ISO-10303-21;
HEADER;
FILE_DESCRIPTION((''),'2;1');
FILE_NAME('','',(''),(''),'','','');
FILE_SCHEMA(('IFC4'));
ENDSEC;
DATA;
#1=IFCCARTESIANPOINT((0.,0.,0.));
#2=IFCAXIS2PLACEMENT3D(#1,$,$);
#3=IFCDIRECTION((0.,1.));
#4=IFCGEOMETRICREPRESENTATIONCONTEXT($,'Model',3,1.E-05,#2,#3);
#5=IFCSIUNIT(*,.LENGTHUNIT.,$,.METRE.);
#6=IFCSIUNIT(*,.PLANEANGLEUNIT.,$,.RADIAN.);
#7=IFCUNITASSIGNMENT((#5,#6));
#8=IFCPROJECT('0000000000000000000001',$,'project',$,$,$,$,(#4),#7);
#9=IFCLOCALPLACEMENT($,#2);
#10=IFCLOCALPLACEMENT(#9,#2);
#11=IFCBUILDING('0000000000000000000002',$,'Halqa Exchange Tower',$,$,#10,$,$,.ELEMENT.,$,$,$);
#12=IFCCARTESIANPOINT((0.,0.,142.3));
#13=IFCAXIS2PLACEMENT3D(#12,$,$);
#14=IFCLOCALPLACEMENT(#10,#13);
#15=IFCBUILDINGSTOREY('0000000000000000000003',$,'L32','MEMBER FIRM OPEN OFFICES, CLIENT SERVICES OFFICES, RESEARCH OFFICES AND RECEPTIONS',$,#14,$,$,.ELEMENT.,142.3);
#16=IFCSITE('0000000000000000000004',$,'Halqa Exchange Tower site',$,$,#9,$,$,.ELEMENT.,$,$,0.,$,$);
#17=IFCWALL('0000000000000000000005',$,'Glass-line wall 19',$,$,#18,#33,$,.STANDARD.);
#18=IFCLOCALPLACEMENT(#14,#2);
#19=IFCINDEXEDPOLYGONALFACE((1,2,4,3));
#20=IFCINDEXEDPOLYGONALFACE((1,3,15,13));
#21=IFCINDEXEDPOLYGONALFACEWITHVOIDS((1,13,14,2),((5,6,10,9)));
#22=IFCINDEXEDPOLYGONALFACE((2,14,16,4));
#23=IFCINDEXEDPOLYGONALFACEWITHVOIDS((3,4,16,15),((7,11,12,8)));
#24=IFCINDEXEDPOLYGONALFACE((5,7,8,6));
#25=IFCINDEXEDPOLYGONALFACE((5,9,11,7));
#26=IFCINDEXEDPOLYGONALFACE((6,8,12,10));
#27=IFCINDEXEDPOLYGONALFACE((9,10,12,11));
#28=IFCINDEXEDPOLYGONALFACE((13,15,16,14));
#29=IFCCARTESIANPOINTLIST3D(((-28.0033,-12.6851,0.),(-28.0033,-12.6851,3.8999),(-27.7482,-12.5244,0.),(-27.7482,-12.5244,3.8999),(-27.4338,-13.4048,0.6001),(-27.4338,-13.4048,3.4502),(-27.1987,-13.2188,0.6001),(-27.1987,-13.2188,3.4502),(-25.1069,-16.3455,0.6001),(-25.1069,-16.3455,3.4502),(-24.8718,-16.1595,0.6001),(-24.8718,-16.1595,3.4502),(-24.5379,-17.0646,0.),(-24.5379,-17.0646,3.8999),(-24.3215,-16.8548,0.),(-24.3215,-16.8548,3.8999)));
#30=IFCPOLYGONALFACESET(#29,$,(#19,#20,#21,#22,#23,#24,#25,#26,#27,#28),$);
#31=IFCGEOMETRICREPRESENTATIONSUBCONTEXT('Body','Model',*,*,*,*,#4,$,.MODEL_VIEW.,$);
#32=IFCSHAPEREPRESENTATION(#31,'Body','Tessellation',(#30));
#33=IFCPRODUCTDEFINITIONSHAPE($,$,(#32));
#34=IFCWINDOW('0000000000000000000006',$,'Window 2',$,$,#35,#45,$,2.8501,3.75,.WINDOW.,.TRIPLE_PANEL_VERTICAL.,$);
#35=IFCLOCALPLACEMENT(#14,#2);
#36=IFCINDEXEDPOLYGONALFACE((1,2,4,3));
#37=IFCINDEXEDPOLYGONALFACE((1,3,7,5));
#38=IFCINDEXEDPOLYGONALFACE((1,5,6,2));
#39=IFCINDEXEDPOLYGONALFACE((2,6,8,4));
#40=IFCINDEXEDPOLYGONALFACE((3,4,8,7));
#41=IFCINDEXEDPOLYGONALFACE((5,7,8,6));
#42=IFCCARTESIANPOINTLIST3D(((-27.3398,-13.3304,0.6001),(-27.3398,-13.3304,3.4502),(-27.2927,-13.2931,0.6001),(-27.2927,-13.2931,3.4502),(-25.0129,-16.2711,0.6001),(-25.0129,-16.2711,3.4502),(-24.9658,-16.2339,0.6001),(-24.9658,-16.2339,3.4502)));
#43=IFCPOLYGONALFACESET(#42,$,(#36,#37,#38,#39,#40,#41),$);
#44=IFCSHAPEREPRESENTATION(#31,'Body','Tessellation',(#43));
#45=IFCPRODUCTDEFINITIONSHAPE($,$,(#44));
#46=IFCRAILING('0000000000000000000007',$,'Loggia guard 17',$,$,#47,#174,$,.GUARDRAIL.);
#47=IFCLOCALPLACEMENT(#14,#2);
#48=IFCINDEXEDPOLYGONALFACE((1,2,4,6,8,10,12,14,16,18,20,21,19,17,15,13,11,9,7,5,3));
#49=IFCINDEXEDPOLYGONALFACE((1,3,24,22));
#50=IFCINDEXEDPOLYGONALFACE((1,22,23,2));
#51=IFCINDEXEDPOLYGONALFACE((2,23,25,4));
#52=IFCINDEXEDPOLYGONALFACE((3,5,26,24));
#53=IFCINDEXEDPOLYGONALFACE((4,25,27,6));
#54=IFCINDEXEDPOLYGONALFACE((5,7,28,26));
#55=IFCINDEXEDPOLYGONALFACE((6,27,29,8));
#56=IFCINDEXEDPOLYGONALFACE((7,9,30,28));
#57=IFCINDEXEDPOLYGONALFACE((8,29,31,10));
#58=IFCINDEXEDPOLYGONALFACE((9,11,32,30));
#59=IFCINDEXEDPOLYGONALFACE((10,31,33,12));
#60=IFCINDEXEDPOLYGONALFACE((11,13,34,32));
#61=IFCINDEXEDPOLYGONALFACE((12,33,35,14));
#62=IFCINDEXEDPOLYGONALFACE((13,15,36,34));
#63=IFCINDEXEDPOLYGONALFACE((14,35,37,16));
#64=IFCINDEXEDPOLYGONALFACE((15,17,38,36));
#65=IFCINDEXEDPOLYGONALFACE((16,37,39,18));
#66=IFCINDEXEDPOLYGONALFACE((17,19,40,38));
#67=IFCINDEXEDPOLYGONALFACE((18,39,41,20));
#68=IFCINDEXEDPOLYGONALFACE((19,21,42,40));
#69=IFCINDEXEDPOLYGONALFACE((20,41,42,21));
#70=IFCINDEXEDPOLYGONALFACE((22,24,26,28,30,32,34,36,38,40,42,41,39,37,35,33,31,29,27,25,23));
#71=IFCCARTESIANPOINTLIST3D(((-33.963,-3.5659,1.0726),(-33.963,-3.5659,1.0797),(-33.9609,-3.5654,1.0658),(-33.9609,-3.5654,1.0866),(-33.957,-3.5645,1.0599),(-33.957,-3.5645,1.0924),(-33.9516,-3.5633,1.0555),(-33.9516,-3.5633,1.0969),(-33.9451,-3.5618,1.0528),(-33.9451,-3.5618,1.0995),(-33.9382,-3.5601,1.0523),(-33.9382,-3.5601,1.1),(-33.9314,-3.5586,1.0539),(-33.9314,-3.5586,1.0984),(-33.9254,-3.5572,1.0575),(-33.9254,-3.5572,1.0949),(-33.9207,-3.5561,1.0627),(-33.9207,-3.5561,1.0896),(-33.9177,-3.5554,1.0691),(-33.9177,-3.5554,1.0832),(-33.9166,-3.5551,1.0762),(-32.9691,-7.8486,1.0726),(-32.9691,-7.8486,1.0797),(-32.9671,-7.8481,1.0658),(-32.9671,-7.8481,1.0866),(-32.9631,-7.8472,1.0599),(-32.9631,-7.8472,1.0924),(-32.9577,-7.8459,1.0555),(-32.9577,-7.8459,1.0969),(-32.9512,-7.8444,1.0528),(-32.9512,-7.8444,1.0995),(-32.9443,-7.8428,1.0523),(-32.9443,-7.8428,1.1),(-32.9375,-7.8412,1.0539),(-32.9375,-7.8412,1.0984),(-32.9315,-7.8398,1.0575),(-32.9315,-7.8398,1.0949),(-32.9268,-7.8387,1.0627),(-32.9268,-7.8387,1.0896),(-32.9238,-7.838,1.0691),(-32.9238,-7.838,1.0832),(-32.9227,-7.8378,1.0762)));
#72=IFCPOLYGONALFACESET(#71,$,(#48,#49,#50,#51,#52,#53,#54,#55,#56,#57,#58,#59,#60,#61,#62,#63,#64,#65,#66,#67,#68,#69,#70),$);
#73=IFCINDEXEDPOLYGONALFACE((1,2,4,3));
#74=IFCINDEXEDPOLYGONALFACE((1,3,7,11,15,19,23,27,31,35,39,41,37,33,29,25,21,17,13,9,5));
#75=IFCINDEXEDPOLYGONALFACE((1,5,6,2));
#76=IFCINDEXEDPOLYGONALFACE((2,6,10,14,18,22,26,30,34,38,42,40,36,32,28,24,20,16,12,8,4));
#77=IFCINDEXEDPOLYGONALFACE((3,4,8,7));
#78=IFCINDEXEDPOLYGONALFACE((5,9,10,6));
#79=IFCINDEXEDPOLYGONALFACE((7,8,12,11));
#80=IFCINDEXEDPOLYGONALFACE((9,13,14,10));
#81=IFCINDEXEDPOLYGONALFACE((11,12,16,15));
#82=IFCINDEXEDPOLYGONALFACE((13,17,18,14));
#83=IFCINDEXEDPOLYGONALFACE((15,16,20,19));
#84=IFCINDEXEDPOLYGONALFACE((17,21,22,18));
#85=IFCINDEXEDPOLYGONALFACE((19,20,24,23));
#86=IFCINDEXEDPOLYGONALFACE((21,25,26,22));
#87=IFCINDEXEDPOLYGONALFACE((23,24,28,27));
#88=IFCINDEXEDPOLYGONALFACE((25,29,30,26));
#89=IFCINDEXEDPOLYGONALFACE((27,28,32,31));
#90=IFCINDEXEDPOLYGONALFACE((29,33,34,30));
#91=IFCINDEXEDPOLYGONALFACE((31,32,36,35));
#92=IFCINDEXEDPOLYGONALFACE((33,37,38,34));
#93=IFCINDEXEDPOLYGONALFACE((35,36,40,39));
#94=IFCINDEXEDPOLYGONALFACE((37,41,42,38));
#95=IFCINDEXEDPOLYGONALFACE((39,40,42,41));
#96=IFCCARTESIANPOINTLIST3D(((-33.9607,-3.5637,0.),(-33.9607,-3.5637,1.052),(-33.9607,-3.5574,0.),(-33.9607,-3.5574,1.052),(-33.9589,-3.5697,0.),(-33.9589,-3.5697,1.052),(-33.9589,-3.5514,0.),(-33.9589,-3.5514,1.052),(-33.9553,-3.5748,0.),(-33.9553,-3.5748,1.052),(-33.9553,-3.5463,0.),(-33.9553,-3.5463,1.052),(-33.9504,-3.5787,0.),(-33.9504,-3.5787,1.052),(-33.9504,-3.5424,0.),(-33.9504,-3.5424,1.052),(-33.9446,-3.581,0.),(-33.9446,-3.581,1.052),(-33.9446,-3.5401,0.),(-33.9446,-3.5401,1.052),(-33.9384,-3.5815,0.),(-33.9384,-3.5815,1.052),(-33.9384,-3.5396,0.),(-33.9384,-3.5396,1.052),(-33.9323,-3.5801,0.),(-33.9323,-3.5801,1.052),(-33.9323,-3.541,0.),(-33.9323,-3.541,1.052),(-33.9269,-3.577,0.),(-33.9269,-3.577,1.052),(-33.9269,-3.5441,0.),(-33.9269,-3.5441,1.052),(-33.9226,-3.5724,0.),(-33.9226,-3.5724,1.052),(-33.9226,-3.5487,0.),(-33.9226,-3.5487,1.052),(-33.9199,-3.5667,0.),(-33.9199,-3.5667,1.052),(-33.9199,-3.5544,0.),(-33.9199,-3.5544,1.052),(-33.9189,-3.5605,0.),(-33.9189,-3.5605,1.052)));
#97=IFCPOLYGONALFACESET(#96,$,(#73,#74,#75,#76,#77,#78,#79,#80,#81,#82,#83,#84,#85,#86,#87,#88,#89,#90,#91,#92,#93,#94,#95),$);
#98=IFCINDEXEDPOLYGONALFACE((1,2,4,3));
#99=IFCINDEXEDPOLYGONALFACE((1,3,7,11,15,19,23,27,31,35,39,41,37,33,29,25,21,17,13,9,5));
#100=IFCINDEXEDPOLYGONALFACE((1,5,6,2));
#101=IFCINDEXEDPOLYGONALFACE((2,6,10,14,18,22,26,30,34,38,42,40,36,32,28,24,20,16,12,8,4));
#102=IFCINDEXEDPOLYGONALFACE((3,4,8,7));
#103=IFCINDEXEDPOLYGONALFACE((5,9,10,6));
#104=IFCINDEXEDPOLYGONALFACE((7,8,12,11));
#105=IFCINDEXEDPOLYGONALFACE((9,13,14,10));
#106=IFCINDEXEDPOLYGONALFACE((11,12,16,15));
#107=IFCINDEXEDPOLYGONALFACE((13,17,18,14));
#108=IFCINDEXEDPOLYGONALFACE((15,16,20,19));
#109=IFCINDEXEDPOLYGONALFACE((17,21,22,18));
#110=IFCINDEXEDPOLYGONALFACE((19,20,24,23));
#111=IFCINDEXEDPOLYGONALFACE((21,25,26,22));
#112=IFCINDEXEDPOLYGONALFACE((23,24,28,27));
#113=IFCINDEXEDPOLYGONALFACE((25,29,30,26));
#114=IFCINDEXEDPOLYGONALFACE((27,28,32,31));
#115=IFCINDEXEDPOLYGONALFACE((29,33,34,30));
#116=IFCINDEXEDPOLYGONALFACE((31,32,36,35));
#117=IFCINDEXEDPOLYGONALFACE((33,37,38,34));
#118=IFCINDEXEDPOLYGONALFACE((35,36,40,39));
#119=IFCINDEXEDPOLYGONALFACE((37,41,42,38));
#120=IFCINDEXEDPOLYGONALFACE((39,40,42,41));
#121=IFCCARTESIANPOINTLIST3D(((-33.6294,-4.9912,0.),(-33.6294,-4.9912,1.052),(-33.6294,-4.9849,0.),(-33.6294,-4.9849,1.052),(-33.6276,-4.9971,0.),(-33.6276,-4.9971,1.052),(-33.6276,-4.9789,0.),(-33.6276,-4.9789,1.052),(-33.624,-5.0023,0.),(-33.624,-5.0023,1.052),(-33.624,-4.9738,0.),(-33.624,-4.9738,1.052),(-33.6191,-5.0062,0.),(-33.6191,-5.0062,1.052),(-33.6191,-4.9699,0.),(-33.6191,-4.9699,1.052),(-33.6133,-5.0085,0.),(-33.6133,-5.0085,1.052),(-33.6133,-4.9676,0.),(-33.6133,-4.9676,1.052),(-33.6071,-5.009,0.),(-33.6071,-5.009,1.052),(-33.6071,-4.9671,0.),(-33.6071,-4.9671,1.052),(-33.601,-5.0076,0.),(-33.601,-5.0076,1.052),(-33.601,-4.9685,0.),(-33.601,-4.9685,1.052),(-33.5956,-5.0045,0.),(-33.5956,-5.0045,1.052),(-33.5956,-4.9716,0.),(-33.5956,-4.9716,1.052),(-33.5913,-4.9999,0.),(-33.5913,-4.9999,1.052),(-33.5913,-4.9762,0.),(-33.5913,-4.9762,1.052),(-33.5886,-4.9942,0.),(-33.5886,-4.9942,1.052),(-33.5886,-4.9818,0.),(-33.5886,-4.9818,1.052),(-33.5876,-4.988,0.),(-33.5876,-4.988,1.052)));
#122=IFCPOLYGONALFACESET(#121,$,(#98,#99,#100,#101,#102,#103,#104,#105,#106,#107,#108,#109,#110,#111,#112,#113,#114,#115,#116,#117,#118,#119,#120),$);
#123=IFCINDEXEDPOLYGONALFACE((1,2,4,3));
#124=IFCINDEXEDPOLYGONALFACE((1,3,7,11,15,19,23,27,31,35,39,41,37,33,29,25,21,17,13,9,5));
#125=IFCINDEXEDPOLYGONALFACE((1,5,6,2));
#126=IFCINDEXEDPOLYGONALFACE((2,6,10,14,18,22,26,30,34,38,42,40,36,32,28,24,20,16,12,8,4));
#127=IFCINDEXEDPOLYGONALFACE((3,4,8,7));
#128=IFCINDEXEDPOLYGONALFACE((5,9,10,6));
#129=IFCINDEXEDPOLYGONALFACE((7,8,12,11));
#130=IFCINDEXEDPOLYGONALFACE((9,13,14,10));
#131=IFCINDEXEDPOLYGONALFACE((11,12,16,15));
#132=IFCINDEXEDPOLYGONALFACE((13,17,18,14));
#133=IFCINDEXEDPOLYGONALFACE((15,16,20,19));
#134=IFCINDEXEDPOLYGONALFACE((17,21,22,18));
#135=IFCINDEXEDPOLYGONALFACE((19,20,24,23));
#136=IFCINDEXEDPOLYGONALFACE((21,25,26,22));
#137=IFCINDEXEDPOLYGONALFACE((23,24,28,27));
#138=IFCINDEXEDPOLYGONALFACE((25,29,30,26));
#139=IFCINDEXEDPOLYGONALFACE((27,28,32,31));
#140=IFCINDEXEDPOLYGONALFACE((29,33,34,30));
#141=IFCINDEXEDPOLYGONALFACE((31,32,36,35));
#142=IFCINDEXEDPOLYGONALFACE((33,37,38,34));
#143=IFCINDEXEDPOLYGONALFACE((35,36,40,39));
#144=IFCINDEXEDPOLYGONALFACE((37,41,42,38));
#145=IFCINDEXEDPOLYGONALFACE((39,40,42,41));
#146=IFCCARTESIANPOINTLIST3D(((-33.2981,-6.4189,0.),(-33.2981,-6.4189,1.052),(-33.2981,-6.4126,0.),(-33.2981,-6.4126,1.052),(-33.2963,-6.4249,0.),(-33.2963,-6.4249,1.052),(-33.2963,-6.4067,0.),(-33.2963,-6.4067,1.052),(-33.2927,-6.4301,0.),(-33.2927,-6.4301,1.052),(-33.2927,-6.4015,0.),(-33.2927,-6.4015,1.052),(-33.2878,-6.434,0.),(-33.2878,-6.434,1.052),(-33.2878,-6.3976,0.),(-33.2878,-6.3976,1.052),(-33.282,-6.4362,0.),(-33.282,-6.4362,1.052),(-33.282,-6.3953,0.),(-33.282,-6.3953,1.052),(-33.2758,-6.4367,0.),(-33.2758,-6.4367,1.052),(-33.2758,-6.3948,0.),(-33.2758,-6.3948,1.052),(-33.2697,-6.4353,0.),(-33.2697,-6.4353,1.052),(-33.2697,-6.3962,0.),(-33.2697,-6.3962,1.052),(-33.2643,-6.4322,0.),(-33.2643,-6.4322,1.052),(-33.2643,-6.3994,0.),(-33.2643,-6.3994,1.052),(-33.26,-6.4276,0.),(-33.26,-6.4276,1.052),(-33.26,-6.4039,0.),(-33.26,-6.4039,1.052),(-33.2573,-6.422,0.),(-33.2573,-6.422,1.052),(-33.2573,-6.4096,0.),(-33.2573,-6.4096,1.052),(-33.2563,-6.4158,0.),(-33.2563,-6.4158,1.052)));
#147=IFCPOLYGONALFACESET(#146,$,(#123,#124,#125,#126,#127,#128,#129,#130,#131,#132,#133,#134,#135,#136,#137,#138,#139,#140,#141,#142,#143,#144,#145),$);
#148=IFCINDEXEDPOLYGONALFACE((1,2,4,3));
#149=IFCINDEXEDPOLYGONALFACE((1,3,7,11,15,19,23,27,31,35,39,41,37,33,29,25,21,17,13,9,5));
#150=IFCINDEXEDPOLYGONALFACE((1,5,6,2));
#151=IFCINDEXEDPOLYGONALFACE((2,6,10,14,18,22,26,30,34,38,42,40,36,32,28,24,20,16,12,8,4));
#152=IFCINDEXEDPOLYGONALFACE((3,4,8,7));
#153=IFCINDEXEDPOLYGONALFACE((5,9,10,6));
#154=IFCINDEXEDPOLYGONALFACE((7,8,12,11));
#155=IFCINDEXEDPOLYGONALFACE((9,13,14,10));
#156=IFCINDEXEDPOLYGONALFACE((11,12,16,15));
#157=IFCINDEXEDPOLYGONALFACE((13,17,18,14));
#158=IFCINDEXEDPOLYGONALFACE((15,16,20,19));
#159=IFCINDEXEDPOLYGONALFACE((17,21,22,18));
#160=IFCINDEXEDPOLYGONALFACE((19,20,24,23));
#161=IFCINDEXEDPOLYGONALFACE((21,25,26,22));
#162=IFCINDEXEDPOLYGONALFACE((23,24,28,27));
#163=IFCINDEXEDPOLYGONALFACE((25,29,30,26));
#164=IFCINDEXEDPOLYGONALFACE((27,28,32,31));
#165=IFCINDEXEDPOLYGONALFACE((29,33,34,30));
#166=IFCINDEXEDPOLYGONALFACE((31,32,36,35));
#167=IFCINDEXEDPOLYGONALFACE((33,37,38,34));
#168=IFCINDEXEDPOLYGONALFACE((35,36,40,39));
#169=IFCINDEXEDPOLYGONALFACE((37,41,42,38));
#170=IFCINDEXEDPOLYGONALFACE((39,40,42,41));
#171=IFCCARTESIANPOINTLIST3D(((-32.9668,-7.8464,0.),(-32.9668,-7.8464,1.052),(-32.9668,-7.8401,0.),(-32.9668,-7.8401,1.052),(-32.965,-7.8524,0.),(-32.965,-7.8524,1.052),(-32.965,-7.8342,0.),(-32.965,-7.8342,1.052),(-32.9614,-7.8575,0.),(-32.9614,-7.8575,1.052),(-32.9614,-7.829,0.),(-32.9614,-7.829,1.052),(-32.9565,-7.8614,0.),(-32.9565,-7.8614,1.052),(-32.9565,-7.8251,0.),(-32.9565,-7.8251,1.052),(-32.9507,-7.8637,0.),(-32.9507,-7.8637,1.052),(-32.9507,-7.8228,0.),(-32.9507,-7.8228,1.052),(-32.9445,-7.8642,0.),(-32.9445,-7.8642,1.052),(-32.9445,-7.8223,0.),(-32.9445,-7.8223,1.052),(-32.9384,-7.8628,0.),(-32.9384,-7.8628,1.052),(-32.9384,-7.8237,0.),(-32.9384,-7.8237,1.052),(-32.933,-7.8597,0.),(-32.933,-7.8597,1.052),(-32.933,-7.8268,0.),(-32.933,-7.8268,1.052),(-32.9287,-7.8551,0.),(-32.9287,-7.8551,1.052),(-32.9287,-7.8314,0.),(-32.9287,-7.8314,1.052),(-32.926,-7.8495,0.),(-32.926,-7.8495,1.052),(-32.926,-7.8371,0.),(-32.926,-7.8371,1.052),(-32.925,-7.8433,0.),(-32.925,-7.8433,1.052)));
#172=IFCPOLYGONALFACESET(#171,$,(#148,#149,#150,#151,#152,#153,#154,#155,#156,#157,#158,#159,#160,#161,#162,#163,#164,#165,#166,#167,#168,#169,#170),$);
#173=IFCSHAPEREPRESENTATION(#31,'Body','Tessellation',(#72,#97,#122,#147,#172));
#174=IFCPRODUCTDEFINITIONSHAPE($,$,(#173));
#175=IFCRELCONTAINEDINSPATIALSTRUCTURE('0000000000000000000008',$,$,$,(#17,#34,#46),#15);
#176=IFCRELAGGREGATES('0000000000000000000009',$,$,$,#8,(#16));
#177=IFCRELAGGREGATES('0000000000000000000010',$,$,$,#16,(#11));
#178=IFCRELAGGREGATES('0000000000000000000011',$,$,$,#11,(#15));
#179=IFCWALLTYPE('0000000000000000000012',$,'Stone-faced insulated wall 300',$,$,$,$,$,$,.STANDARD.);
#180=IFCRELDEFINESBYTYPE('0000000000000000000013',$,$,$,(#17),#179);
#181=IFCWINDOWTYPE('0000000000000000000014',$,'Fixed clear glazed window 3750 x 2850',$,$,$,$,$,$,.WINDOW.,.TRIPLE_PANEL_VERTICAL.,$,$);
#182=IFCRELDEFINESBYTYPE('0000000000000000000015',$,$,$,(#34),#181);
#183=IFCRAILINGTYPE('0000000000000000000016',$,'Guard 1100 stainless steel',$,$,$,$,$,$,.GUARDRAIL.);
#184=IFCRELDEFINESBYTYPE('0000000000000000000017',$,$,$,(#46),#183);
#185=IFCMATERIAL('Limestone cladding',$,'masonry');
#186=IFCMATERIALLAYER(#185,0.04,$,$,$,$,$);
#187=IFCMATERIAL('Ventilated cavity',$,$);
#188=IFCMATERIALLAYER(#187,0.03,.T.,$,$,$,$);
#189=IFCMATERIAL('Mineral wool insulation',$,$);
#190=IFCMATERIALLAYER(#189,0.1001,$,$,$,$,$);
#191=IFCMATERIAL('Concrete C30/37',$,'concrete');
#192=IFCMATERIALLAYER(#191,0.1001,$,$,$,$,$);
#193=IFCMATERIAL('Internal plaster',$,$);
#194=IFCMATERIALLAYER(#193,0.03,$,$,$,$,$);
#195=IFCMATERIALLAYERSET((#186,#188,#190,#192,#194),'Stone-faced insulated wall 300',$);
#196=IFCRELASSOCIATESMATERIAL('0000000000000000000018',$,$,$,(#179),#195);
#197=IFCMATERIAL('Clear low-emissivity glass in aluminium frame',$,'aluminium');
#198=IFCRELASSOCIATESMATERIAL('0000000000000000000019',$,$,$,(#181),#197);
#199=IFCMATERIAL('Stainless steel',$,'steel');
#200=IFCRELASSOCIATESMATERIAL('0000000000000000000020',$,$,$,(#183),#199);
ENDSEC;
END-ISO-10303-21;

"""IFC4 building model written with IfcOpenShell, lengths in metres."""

from ifc_helpers import new_model, si_unit, direction, frame, frame_2d, origin, origin_2d, place, context, subcontext, project, spatial, polyline, rectangle, circle, outline, extrude, material, layer, layer_set, type_object, element, fill, save


model = new_model("IFC4")

# Units and contexts
model_context = context("Model", 3, precision=1e-05, world=origin(), true_north=direction((0.0, 1.0)))
body_context = subcontext(model_context, "Body", "Model", "MODEL_VIEW")
ifc_project = project(units=[si_unit("LENGTHUNIT", "METRE"), si_unit("PLANEANGLEUNIT", "RADIAN")], contexts=[model_context])

# Site, building, storey
site_placement = place(None, origin())
site = spatial("IfcSite", under=ifc_project, at=site_placement, Name="Halqa Exchange Tower site", CompositionType="ELEMENT", RefElevation=0.0)
building_placement = place(site_placement, origin())
building = spatial("IfcBuilding", under=site, at=building_placement, Name="Halqa Exchange Tower", CompositionType="ELEMENT")
storey_placement = place(building_placement, frame((0.0, 0.0, 142.3)))
storey = spatial("IfcBuildingStorey", under=building, at=storey_placement, Name="L32", Description="MEMBER FIRM OPEN OFFICES, CLIENT SERVICES OFFICES, RESEARCH OFFICES AND RECEPTIONS", CompositionType="ELEMENT", Elevation=142.3)

# Wall, opening, window
ifc_material_1 = material(Name="Limestone cladding", Category="masonry")
ifc_layer_1 = layer(ifc_material_1, 0.04)
ifc_material_2 = material(Name="Ventilated cavity")
ifc_layer_2 = layer(ifc_material_2, 0.03, ventilated=True)
ifc_material_3 = material(Name="Mineral wool insulation")
ifc_layer_3 = layer(ifc_material_3, 0.1001)
ifc_material_4 = material(Name="Concrete C30/37", Category="concrete")
ifc_layer_4 = layer(ifc_material_4, 0.1001)
ifc_material_5 = material(Name="Internal plaster")
ifc_layer_5 = layer(ifc_material_5, 0.03)
ifc_layer_set_1 = layer_set([ifc_layer_1, ifc_layer_2, ifc_layer_3, ifc_layer_4, ifc_layer_5], Name="Stone-faced insulated wall 300")
wall_type_1 = type_object("IfcWallType", Name="Stone-faced insulated wall 300", PredefinedType="STANDARD", material=ifc_layer_set_1)
ifc_material_6 = material(Name="Clear low-emissivity glass in aluminium frame", Category="aluminium")
window_type = type_object("IfcWindowType", Name="Fixed clear glazed window 3750 x 2850", PartitioningType="TRIPLE_PANEL_VERTICAL", PredefinedType="WINDOW", material=ifc_material_6)
wall_1_placement = place(storey_placement, frame((-27.8757, -12.6047, 0.0), z_axis=(0.0, 0.0, 1.0), x_axis=(0.620521, -0.78419, 0.0)))
wall_1 = element("IfcWall", 1, at=wall_1_placement, inside=storey, type_object=wall_type_1, Name="Glass-line wall 19", PredefinedType="STANDARD", context=body_context, shape_type="SweptSolid", body=[
    extrude(outline(polyline([(-0.0161, -0.1499), (5.5686, -0.1499), (5.5383, 0.1499), (0.0161, 0.1499), (-0.0161, -0.1499)])), origin(), (0.0, 0.0, 1.0), 3.8999),
])
opening_1_placement = place(wall_1_placement, frame((0.9016, 0.0, 0.6001)))
opening_1 = element("IfcOpeningElement", 2, at=opening_1_placement, cuts=wall_1, PredefinedType="OPENING", context=body_context, shape_type="SweptSolid", body=[
    extrude(rectangle(XDim=3.75, YDim=2.8501, at=frame_2d((1.875, 1.425))), frame((0.0, 0.1621, 0.0), z_axis=(0.0, -1.0, 0.0), x_axis=(1.0, 0.0, 0.0)), (0.0, 0.0, 1.0), 0.324),
])
window_1_placement = place(opening_1_placement, origin())
window_1 = element("IfcWindow", 3, at=window_1_placement, inside=storey, type_object=window_type, Name="Window 2", OverallHeight=2.8501, OverallWidth=3.75, PartitioningType="TRIPLE_PANEL_VERTICAL", PredefinedType="WINDOW", context=body_context, shape_type="SweptSolid", body=[
    extrude(rectangle(XDim=3.75, YDim=2.8501, at=frame_2d((1.875, 1.425))), frame((0.0, 0.03, 0.0), z_axis=(0.0, -1.0, 0.0), x_axis=(1.0, 0.0, 0.0)), (0.0, 0.0, 1.0), 0.0601),
])
fill(opening_1, window_1)

# Railing
ifc_material_7 = material(Name="Stainless steel", Category="steel")
railing_type = type_object("IfcRailingType", Name="Guard 1100 stainless steel", PredefinedType="GUARDRAIL", material=ifc_material_7)
railing_1_placement = place(storey_placement, frame((-33.9399, -3.5605, 0.0)))
element("IfcRailing", 4, at=railing_1_placement, inside=storey, type_object=railing_type, Name="Loggia guard 17", PredefinedType="GUARDRAIL", context=body_context, shape_type="SweptSolid", body=[
    extrude(circle(Radius=0.0239, at=origin_2d()), frame((0.0, 0.0, 1.0762), z_axis=(0.226064, -0.974112, 0.0), x_axis=(0.974112, 0.226064, 0.0)), (0.0, 0.0, 1.0), 4.3965),
    extrude(circle(Radius=0.021, at=origin_2d()), origin(), (0.0, 0.0, 1.0), 1.052),
    extrude(circle(Radius=0.021, at=origin_2d()), frame((0.3313, -1.4275, 0.0)), (0.0, 0.0, 1.0), 1.052),
    extrude(circle(Radius=0.021, at=origin_2d()), frame((0.6626, -2.8552, 0.0)), (0.0, 0.0, 1.0), 1.052),
    extrude(circle(Radius=0.021, at=origin_2d()), frame((0.9939, -4.2827, 0.0)), (0.0, 0.0, 1.0), 1.052),
])

save(model, "model.ifc")
